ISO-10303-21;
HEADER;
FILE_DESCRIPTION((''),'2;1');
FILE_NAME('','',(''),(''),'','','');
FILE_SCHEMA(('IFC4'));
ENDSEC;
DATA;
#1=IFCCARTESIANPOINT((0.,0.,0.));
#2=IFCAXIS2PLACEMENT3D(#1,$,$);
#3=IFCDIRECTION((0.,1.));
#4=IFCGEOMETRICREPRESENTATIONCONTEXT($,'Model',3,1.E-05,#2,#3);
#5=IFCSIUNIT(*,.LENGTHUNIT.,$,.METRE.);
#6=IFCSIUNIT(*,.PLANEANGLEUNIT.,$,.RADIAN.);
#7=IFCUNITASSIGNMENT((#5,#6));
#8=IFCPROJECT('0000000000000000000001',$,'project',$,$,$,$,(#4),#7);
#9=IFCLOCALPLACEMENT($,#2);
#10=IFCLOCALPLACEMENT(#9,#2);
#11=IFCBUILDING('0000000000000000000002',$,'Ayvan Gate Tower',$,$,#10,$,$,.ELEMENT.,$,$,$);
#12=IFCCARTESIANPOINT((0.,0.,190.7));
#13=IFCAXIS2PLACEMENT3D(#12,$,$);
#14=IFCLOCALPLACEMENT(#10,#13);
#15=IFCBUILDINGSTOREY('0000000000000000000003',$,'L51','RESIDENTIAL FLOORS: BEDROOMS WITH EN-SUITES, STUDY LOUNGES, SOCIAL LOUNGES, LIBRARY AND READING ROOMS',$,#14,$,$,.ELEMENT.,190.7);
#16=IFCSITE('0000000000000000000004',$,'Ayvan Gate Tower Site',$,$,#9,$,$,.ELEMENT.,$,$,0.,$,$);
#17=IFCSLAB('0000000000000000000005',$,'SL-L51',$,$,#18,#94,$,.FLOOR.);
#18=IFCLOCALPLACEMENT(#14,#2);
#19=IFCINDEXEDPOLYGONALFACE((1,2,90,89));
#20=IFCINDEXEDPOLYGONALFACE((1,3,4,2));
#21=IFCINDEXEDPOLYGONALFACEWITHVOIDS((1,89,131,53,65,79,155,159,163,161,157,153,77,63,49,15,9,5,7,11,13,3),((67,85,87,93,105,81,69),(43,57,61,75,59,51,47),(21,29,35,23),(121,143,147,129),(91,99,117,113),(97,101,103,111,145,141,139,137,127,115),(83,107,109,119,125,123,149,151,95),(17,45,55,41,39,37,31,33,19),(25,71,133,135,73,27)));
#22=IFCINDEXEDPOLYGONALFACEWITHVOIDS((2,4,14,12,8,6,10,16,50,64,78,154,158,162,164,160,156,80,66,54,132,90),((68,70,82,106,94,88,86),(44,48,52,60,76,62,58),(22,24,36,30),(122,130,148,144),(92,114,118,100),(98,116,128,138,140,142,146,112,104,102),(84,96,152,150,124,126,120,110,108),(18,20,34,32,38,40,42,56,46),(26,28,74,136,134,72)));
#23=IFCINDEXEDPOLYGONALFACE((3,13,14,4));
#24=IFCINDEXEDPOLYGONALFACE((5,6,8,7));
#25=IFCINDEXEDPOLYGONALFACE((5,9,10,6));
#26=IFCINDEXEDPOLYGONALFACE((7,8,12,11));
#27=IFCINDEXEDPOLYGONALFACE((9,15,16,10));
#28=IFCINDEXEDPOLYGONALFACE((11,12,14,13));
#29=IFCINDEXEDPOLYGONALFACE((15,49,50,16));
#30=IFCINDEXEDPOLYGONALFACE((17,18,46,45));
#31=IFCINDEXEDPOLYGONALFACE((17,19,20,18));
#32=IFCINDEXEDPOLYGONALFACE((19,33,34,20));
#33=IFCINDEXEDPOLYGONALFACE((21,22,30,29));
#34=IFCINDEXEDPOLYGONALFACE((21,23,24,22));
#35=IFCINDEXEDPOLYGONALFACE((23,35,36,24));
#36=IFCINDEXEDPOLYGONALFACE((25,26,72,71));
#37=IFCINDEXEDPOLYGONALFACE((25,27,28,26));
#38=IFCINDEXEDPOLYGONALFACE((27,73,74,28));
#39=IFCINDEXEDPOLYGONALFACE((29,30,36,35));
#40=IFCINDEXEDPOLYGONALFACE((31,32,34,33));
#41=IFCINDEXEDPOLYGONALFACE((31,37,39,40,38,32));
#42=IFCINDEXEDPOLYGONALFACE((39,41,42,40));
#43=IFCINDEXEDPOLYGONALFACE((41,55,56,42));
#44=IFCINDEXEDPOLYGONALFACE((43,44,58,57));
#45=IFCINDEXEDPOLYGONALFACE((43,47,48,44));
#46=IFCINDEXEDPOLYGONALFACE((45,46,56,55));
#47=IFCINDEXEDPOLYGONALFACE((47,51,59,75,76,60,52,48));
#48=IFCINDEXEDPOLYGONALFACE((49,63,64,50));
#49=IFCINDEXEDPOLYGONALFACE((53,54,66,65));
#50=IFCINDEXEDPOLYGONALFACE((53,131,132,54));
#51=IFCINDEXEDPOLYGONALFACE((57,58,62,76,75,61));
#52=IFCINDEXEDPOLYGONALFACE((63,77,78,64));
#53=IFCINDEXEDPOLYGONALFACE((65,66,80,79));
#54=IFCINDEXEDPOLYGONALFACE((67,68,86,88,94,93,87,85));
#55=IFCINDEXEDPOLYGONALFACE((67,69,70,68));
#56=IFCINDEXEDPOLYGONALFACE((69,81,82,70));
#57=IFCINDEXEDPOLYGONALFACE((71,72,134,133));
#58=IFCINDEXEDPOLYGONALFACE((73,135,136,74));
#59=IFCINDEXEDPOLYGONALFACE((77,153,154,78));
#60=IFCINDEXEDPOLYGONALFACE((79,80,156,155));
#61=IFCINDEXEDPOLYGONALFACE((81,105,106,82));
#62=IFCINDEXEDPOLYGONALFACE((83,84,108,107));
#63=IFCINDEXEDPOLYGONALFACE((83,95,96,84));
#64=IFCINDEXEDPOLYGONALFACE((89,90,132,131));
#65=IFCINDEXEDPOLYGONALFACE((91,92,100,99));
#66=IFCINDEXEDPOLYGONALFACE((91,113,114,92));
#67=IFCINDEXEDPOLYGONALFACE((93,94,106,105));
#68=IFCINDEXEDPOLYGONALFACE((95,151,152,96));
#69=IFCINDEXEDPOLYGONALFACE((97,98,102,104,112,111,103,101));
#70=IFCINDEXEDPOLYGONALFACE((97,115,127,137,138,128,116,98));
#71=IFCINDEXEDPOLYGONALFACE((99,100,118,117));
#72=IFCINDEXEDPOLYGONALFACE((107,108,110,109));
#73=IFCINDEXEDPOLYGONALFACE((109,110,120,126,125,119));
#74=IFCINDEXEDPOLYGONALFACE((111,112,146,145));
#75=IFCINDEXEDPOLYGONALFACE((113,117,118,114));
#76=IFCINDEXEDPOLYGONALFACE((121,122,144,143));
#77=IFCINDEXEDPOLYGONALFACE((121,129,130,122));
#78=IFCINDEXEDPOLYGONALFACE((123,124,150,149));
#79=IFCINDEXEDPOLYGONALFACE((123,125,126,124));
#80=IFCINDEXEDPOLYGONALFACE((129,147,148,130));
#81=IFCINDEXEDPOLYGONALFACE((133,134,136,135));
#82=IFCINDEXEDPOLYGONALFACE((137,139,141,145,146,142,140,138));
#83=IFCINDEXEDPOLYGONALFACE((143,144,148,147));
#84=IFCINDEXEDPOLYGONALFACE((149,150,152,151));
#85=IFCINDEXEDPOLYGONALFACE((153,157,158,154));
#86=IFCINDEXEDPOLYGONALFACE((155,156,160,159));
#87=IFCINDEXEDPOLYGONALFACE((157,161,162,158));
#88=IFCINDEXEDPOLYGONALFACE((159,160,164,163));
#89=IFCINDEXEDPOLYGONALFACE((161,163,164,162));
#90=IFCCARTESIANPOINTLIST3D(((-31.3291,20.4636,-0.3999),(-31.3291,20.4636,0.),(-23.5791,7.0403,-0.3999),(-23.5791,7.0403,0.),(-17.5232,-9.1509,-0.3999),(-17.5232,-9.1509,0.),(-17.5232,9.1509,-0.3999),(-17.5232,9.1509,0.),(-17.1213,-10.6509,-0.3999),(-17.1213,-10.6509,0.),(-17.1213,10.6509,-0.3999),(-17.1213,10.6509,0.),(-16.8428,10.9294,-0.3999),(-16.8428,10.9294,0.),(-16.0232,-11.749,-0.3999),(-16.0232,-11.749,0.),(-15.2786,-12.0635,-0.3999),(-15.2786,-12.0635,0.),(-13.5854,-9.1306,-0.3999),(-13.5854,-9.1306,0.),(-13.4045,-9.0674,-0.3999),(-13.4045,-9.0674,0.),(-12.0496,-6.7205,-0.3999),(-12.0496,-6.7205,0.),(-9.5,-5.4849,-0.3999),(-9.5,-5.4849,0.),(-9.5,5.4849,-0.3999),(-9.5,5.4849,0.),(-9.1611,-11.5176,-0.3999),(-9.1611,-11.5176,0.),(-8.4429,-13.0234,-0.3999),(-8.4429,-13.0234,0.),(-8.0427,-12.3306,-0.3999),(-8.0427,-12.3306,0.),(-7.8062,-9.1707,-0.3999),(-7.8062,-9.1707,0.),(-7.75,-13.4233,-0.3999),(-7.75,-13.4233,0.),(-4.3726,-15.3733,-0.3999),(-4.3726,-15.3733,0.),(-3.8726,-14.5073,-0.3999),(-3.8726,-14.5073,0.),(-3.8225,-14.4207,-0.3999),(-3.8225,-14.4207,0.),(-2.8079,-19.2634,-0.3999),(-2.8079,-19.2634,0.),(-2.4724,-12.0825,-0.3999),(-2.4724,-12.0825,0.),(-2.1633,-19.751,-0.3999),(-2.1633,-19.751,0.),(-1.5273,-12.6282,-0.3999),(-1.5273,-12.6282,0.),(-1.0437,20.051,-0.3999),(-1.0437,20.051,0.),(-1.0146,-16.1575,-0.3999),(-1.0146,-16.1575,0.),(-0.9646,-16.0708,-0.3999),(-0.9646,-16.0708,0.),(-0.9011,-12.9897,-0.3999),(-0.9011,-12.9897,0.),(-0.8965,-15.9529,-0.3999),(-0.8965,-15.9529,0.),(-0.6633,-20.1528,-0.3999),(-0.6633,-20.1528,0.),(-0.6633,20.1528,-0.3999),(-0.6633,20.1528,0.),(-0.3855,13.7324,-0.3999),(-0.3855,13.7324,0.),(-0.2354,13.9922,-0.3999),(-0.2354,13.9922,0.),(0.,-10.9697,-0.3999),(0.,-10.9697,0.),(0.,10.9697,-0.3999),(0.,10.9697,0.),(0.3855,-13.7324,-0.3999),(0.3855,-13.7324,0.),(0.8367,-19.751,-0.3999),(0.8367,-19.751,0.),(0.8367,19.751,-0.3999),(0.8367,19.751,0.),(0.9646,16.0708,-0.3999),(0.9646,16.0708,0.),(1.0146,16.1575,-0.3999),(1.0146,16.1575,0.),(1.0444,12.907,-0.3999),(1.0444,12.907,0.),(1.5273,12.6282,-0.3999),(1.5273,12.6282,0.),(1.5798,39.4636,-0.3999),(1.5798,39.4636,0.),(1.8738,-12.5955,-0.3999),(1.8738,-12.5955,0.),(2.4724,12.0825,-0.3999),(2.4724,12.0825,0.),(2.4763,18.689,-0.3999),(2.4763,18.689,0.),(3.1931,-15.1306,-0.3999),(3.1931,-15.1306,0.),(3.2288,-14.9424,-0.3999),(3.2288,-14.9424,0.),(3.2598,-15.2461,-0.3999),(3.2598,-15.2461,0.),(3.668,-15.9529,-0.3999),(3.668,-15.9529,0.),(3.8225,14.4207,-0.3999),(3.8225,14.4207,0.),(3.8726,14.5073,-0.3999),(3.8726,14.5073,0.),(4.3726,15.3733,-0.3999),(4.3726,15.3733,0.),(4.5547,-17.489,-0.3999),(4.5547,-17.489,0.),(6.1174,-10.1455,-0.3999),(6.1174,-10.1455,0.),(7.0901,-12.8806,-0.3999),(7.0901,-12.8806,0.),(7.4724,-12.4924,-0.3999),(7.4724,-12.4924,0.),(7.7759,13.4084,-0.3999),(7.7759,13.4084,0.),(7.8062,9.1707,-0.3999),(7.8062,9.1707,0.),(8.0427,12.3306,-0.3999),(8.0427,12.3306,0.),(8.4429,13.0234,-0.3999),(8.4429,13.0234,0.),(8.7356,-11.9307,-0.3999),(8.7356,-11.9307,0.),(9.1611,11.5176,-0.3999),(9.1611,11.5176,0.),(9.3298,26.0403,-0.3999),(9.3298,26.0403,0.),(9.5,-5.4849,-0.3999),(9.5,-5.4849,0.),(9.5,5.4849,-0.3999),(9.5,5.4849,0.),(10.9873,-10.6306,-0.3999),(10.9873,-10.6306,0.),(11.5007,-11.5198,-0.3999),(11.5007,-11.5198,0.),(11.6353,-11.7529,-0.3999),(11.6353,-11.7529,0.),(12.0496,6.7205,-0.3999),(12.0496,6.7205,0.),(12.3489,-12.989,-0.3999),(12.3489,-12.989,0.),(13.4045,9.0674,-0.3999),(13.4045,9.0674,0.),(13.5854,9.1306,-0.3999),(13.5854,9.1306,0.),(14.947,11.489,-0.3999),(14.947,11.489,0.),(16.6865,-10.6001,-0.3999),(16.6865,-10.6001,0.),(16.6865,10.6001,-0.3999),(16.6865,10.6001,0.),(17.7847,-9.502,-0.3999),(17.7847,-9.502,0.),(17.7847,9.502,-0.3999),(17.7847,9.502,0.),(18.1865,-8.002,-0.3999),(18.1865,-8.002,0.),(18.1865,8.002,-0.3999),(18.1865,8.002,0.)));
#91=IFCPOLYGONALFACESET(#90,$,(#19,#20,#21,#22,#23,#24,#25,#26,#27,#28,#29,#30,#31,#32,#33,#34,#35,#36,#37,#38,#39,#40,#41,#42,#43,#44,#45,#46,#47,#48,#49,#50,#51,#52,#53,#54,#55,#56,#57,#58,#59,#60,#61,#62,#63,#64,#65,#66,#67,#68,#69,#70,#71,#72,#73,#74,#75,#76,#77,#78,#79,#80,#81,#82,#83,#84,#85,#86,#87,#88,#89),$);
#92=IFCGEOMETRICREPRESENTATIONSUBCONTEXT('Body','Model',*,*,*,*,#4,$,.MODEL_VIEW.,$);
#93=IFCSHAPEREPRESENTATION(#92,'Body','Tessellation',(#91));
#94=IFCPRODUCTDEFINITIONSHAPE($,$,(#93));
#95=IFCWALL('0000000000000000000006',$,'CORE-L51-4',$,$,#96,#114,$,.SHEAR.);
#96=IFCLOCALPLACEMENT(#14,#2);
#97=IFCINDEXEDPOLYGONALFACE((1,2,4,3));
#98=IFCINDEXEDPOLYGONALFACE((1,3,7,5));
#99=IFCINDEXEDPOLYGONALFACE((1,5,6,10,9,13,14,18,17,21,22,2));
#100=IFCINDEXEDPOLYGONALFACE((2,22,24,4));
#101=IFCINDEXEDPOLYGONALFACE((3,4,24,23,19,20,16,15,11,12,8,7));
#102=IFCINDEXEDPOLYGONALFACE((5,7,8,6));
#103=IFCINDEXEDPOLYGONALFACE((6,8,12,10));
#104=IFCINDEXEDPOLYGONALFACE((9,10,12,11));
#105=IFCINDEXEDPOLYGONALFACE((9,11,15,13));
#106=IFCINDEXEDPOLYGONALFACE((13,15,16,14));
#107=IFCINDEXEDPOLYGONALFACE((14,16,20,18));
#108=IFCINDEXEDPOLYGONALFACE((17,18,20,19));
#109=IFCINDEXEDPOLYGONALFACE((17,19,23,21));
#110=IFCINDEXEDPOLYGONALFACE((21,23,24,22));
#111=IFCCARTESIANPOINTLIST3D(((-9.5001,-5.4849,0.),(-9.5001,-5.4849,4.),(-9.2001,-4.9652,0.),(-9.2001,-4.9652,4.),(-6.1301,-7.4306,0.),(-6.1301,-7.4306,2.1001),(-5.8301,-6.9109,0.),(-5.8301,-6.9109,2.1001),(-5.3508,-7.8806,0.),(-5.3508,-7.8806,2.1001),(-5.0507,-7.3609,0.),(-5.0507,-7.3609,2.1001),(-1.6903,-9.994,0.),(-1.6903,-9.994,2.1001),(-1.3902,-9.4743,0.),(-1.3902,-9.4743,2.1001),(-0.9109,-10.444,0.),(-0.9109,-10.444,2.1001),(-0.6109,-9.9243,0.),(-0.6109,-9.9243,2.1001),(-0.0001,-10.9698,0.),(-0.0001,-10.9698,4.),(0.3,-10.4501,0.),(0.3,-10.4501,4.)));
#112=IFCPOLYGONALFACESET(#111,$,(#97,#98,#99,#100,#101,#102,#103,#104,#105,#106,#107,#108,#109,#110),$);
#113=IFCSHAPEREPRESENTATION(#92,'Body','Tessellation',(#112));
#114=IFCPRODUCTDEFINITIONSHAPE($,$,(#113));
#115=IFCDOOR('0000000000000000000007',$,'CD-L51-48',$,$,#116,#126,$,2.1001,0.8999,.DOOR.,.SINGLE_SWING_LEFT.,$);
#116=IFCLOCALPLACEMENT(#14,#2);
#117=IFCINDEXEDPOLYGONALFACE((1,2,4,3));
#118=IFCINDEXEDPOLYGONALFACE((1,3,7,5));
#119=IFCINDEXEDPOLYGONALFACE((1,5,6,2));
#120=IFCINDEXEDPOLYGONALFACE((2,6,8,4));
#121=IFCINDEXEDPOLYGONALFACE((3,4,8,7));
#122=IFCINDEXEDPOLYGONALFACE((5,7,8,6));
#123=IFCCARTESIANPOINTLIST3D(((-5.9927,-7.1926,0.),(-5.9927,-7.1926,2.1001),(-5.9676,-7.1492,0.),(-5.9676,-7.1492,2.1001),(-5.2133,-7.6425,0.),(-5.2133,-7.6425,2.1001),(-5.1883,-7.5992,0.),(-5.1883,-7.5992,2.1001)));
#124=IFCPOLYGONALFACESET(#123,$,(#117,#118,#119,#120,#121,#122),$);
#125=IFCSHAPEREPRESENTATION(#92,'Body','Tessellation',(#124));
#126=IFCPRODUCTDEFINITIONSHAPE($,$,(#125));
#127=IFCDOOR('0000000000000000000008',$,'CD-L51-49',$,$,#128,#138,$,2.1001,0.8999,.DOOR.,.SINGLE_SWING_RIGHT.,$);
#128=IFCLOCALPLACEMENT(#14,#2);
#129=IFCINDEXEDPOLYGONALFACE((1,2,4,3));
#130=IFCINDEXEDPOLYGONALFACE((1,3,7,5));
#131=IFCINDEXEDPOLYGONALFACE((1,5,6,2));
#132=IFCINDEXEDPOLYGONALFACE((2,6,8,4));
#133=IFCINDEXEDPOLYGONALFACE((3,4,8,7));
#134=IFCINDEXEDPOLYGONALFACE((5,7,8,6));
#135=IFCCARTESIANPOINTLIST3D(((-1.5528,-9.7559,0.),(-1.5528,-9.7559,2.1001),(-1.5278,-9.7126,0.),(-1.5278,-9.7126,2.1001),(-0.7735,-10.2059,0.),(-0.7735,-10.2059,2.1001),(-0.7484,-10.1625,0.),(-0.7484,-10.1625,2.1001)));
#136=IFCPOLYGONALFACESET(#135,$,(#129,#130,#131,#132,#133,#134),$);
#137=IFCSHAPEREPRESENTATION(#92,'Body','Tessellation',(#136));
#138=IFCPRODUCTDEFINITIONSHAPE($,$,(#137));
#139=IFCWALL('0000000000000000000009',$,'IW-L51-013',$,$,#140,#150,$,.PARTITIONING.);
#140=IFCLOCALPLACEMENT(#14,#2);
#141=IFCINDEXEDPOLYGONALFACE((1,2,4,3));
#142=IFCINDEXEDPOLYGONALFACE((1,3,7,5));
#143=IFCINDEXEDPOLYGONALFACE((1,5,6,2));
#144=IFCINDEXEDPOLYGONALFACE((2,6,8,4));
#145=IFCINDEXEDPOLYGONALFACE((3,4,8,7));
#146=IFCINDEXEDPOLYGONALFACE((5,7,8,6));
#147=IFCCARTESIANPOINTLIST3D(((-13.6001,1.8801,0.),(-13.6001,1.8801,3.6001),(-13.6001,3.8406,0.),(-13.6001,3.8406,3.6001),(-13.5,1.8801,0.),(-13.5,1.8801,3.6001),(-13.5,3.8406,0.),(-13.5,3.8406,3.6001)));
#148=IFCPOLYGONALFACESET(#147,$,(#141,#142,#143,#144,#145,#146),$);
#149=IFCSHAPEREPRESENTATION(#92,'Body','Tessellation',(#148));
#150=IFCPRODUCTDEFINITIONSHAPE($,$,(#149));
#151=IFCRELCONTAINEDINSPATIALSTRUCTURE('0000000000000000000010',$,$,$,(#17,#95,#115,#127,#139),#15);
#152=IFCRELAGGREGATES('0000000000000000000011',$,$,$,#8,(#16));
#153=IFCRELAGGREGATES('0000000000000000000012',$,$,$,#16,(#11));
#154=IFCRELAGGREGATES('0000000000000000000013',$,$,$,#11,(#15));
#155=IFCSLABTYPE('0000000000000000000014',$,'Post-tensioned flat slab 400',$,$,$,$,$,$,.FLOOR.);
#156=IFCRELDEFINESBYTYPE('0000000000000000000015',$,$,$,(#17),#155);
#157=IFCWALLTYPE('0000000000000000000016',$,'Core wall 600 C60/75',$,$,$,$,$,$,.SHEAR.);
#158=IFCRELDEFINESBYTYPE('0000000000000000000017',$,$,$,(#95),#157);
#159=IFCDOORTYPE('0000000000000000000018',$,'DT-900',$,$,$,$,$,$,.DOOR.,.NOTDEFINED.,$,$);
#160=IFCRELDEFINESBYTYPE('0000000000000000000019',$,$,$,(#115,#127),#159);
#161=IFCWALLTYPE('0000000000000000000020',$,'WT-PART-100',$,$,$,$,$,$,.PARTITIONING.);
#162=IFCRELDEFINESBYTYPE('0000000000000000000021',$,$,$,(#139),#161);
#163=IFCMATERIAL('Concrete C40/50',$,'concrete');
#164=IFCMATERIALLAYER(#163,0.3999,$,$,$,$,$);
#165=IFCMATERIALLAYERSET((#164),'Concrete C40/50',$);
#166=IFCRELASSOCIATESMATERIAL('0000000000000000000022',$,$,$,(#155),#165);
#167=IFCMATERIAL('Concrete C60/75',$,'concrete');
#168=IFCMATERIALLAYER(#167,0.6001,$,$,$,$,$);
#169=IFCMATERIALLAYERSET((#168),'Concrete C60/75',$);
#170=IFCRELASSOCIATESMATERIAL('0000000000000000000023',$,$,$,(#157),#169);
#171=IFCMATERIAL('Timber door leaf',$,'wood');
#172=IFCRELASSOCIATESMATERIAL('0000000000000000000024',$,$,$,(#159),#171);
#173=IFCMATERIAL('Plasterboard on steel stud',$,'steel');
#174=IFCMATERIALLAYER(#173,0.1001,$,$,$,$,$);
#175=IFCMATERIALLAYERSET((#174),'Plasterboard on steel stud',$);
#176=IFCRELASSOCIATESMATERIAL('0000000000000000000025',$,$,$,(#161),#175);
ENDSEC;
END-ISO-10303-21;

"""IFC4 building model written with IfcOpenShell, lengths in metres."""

from ifc_helpers import new_model, si_unit, direction, frame, frame_2d, origin, place, context, subcontext, project, spatial, polyline, rectangle, outline, extrude, material, layer, layer_set, type_object, element, fill, save


model = new_model("IFC4")

# Units and contexts
model_context = context("Model", 3, precision=1e-05, world=origin(), true_north=direction((0.0, 1.0)))
body_context = subcontext(model_context, "Body", "Model", "MODEL_VIEW")
ifc_project = project(units=[si_unit("LENGTHUNIT", "METRE"), si_unit("PLANEANGLEUNIT", "RADIAN")], contexts=[model_context])

# Site, building, storey
site_placement = place(None, origin())
site = spatial("IfcSite", under=ifc_project, at=site_placement, Name="Ayvan Gate Tower Site", CompositionType="ELEMENT", RefElevation=0.0)
building_placement = place(site_placement, origin())
building = spatial("IfcBuilding", under=site, at=building_placement, Name="Ayvan Gate Tower", CompositionType="ELEMENT")
storey_placement = place(building_placement, frame((0.0, 0.0, 190.7)))
storey = spatial("IfcBuildingStorey", under=building, at=storey_placement, Name="L51", Description="RESIDENTIAL FLOORS: BEDROOMS WITH EN-SUITES, STUDY LOUNGES, SOCIAL LOUNGES, LIBRARY AND READING ROOMS", CompositionType="ELEMENT", Elevation=190.7)

# Slab
ifc_material_1 = material(Name="Concrete C40/50", Category="concrete")
ifc_layer_1 = layer(ifc_material_1, 0.3999)
ifc_layer_set_1 = layer_set([ifc_layer_1], Name="Concrete C40/50")
slab_type = type_object("IfcSlabType", Name="Post-tensioned flat slab 400", PredefinedType="FLOOR", material=ifc_layer_set_1)
slab_placement = place(storey_placement, frame((0.0, 0.0, -0.3999)))
element("IfcSlab", 1, at=slab_placement, inside=storey, type_object=slab_type, Name="SL-L51", PredefinedType="FLOOR", context=body_context, shape_type="SweptSolid", body=[
    extrude(outline(polyline([(-17.1213, -10.6509), (-17.5232, -9.1509), (-17.5232, 9.1509), (-17.1213, 10.6509), (-16.8428, 10.9294), (-23.5791, 7.0403), (-31.3291, 20.4636), (1.5798, 39.4636), (9.3298, 26.0403), (-1.0437, 20.051), (-0.6633, 20.1528), (0.8367, 19.751), (16.6865, 10.6001), (17.7847, 9.502), (18.1865, 8.002), (18.1865, -8.002), (17.7847, -9.502), (16.6865, -10.6001), (0.8367, -19.751), (-0.6633, -20.1528), (-2.1633, -19.751), (-16.0232, -11.749), (-17.1213, -10.6509)]), holes=[polyline([(1.0146, 16.1575), (3.8726, 14.5073), (4.3726, 15.3733), (7.7759, 13.4084), (8.4429, 13.0234), (8.0427, 12.3306), (13.5854, 9.1306), (14.947, 11.489), (2.4763, 18.689), (1.0146, 16.1575)]), polyline([(7.8062, 9.1707), (12.0496, 6.7205), (13.4045, 9.0674), (9.1611, 11.5176), (7.8062, 9.1707)]), polyline([(3.1931, -15.1306), (3.2598, -15.2461), (3.668, -15.9529), (4.5547, -17.489), (12.3489, -12.989), (11.6353, -11.7529), (11.5007, -11.5198), (10.9873, -10.6306), (8.7356, -11.9307), (7.0901, -12.8806), (3.1931, -15.1306)]), polyline([(-9.5, -5.4849), (0.0, -10.9697), (9.5, -5.4849), (9.5, 5.4849), (0.0, 10.9697), (-9.5, 5.4849), (-9.5, -5.4849)]), polyline([(6.1174, -10.1455), (1.8738, -12.5955), (3.2288, -14.9424), (7.4724, -12.4924), (6.1174, -10.1455)]), polyline([(3.8225, 14.4207), (0.9646, 16.0708), (-0.2354, 13.9922), (-0.3855, 13.7324), (1.0444, 12.907), (1.5273, 12.6282), (2.4724, 12.0825), (3.8225, 14.4207)]), polyline([(-1.5273, -12.6282), (-2.4724, -12.0825), (-3.8225, -14.4207), (-0.9646, -16.0708), (-0.8965, -15.9529), (0.3855, -13.7324), (-0.9011, -12.9897), (-1.5273, -12.6282)]), polyline([(-15.2786, -12.0635), (-2.8079, -19.2634), (-1.0146, -16.1575), (-3.8726, -14.5073), (-4.3726, -15.3733), (-7.75, -13.4233), (-8.4429, -13.0234), (-8.0427, -12.3306), (-13.5854, -9.1306), (-15.2786, -12.0635)]), polyline([(-13.4045, -9.0674), (-9.1611, -11.5176), (-7.8062, -9.1707), (-12.0496, -6.7205), (-13.4045, -9.0674)])]), origin(), (0.0, 0.0, 1.0), 0.3999),
])

# Wall, openings, doors
ifc_material_2 = material(Name="Concrete C60/75", Category="concrete")
ifc_layer_2 = layer(ifc_material_2, 0.6001)
ifc_layer_set_2 = layer_set([ifc_layer_2], Name="Concrete C60/75")
wall_type_1 = type_object("IfcWallType", Name="Core wall 600 C60/75", PredefinedType="SHEAR", material=ifc_layer_set_2)
wall_1_placement = place(storey_placement, frame((-9.3501, -5.2251, 0.0), z_axis=(0.0, 0.0, 1.0), x_axis=(0.866024, -0.500002, 0.0)))
wall_1 = element("IfcWall", 2, at=wall_1_placement, inside=storey, type_object=wall_type_1, Name="CORE-L51-4", PredefinedType="SHEAR", context=body_context, shape_type="SweptSolid", body=[
    extrude(rectangle(XDim=10.9697, YDim=0.6001, at=frame_2d((5.4849, 0.0))), origin(), (0.0, 0.0, 1.0), 4.0),
])
opening_1_placement = place(wall_1_placement, frame((3.8914, 0.0, 0.0)))
opening_1 = element("IfcOpeningElement", 3, at=opening_1_placement, cuts=wall_1, PredefinedType="OPENING", context=body_context, shape_type="SweptSolid", body=[
    extrude(rectangle(XDim=0.8999, YDim=2.1001, at=frame_2d((0.45, 1.05))), frame((0.0, 0.3101, 0.0), z_axis=(0.0, -1.0, 0.0), x_axis=(1.0, 0.0, 0.0)), (0.0, 0.0, 1.0), 0.6201),
])
opening_2_placement = place(wall_1_placement, frame((9.0181, 0.0, 0.0)))
opening_2 = element("IfcOpeningElement", 4, at=opening_2_placement, cuts=wall_1, PredefinedType="OPENING", context=body_context, shape_type="SweptSolid", body=[
    extrude(rectangle(XDim=0.8999, YDim=2.1001, at=frame_2d((0.45, 1.05))), frame((0.0, 0.3101, 0.0), z_axis=(0.0, -1.0, 0.0), x_axis=(1.0, 0.0, 0.0)), (0.0, 0.0, 1.0), 0.6201),
])
ifc_material_3 = material(Name="Timber door leaf", Category="wood")
door_type_1 = type_object("IfcDoorType", Name="DT-900", OperationType="NOTDEFINED", PredefinedType="DOOR", material=ifc_material_3)
door_1_placement = place(opening_1_placement, origin())
door_1 = element("IfcDoor", 5, at=door_1_placement, inside=storey, type_object=door_type_1, Name="CD-L51-48", OperationType="SINGLE_SWING_LEFT", OverallHeight=2.1001, OverallWidth=0.8999, PredefinedType="DOOR", context=body_context, shape_type="SweptSolid", body=[
    extrude(rectangle(XDim=0.8999, YDim=2.1001, at=frame_2d((0.45, 1.05))), frame((0.0, 0.0249, 0.0), z_axis=(0.0, -1.0, 0.0), x_axis=(1.0, 0.0, 0.0)), (0.0, 0.0, 1.0), 0.05),
])
fill(opening_1, door_1)
door_2_placement = place(opening_2_placement, origin())
door_2 = element("IfcDoor", 6, at=door_2_placement, inside=storey, type_object=door_type_1, Name="CD-L51-49", OperationType="SINGLE_SWING_RIGHT", OverallHeight=2.1001, OverallWidth=0.8999, PredefinedType="DOOR", context=body_context, shape_type="SweptSolid", body=[
    extrude(rectangle(XDim=0.8999, YDim=2.1001, at=frame_2d((0.45, 1.05))), frame((0.0, 0.0249, 0.0), z_axis=(0.0, -1.0, 0.0), x_axis=(1.0, 0.0, 0.0)), (0.0, 0.0, 1.0), 0.05),
])
fill(opening_2, door_2)

# Wall
ifc_material_4 = material(Name="Plasterboard on steel stud", Category="steel")
ifc_layer_3 = layer(ifc_material_4, 0.1001)
ifc_layer_set_3 = layer_set([ifc_layer_3], Name="Plasterboard on steel stud")
wall_type_2 = type_object("IfcWallType", Name="WT-PART-100", PredefinedType="PARTITIONING", material=ifc_layer_set_3)
wall_2_placement = place(storey_placement, frame((-13.55, 3.8406, 0.0), z_axis=(0.0, 0.0, 1.0), x_axis=(0.0, -1.0, 0.0)))
element("IfcWall", 7, at=wall_2_placement, inside=storey, type_object=wall_type_2, Name="IW-L51-013", PredefinedType="PARTITIONING", context=body_context, shape_type="SweptSolid", body=[
    extrude(rectangle(XDim=1.9604, YDim=0.1001, at=frame_2d((0.9802, 0.0))), origin(), (0.0, 0.0, 1.0), 3.6001),
])

save(model, "model.ifc")
